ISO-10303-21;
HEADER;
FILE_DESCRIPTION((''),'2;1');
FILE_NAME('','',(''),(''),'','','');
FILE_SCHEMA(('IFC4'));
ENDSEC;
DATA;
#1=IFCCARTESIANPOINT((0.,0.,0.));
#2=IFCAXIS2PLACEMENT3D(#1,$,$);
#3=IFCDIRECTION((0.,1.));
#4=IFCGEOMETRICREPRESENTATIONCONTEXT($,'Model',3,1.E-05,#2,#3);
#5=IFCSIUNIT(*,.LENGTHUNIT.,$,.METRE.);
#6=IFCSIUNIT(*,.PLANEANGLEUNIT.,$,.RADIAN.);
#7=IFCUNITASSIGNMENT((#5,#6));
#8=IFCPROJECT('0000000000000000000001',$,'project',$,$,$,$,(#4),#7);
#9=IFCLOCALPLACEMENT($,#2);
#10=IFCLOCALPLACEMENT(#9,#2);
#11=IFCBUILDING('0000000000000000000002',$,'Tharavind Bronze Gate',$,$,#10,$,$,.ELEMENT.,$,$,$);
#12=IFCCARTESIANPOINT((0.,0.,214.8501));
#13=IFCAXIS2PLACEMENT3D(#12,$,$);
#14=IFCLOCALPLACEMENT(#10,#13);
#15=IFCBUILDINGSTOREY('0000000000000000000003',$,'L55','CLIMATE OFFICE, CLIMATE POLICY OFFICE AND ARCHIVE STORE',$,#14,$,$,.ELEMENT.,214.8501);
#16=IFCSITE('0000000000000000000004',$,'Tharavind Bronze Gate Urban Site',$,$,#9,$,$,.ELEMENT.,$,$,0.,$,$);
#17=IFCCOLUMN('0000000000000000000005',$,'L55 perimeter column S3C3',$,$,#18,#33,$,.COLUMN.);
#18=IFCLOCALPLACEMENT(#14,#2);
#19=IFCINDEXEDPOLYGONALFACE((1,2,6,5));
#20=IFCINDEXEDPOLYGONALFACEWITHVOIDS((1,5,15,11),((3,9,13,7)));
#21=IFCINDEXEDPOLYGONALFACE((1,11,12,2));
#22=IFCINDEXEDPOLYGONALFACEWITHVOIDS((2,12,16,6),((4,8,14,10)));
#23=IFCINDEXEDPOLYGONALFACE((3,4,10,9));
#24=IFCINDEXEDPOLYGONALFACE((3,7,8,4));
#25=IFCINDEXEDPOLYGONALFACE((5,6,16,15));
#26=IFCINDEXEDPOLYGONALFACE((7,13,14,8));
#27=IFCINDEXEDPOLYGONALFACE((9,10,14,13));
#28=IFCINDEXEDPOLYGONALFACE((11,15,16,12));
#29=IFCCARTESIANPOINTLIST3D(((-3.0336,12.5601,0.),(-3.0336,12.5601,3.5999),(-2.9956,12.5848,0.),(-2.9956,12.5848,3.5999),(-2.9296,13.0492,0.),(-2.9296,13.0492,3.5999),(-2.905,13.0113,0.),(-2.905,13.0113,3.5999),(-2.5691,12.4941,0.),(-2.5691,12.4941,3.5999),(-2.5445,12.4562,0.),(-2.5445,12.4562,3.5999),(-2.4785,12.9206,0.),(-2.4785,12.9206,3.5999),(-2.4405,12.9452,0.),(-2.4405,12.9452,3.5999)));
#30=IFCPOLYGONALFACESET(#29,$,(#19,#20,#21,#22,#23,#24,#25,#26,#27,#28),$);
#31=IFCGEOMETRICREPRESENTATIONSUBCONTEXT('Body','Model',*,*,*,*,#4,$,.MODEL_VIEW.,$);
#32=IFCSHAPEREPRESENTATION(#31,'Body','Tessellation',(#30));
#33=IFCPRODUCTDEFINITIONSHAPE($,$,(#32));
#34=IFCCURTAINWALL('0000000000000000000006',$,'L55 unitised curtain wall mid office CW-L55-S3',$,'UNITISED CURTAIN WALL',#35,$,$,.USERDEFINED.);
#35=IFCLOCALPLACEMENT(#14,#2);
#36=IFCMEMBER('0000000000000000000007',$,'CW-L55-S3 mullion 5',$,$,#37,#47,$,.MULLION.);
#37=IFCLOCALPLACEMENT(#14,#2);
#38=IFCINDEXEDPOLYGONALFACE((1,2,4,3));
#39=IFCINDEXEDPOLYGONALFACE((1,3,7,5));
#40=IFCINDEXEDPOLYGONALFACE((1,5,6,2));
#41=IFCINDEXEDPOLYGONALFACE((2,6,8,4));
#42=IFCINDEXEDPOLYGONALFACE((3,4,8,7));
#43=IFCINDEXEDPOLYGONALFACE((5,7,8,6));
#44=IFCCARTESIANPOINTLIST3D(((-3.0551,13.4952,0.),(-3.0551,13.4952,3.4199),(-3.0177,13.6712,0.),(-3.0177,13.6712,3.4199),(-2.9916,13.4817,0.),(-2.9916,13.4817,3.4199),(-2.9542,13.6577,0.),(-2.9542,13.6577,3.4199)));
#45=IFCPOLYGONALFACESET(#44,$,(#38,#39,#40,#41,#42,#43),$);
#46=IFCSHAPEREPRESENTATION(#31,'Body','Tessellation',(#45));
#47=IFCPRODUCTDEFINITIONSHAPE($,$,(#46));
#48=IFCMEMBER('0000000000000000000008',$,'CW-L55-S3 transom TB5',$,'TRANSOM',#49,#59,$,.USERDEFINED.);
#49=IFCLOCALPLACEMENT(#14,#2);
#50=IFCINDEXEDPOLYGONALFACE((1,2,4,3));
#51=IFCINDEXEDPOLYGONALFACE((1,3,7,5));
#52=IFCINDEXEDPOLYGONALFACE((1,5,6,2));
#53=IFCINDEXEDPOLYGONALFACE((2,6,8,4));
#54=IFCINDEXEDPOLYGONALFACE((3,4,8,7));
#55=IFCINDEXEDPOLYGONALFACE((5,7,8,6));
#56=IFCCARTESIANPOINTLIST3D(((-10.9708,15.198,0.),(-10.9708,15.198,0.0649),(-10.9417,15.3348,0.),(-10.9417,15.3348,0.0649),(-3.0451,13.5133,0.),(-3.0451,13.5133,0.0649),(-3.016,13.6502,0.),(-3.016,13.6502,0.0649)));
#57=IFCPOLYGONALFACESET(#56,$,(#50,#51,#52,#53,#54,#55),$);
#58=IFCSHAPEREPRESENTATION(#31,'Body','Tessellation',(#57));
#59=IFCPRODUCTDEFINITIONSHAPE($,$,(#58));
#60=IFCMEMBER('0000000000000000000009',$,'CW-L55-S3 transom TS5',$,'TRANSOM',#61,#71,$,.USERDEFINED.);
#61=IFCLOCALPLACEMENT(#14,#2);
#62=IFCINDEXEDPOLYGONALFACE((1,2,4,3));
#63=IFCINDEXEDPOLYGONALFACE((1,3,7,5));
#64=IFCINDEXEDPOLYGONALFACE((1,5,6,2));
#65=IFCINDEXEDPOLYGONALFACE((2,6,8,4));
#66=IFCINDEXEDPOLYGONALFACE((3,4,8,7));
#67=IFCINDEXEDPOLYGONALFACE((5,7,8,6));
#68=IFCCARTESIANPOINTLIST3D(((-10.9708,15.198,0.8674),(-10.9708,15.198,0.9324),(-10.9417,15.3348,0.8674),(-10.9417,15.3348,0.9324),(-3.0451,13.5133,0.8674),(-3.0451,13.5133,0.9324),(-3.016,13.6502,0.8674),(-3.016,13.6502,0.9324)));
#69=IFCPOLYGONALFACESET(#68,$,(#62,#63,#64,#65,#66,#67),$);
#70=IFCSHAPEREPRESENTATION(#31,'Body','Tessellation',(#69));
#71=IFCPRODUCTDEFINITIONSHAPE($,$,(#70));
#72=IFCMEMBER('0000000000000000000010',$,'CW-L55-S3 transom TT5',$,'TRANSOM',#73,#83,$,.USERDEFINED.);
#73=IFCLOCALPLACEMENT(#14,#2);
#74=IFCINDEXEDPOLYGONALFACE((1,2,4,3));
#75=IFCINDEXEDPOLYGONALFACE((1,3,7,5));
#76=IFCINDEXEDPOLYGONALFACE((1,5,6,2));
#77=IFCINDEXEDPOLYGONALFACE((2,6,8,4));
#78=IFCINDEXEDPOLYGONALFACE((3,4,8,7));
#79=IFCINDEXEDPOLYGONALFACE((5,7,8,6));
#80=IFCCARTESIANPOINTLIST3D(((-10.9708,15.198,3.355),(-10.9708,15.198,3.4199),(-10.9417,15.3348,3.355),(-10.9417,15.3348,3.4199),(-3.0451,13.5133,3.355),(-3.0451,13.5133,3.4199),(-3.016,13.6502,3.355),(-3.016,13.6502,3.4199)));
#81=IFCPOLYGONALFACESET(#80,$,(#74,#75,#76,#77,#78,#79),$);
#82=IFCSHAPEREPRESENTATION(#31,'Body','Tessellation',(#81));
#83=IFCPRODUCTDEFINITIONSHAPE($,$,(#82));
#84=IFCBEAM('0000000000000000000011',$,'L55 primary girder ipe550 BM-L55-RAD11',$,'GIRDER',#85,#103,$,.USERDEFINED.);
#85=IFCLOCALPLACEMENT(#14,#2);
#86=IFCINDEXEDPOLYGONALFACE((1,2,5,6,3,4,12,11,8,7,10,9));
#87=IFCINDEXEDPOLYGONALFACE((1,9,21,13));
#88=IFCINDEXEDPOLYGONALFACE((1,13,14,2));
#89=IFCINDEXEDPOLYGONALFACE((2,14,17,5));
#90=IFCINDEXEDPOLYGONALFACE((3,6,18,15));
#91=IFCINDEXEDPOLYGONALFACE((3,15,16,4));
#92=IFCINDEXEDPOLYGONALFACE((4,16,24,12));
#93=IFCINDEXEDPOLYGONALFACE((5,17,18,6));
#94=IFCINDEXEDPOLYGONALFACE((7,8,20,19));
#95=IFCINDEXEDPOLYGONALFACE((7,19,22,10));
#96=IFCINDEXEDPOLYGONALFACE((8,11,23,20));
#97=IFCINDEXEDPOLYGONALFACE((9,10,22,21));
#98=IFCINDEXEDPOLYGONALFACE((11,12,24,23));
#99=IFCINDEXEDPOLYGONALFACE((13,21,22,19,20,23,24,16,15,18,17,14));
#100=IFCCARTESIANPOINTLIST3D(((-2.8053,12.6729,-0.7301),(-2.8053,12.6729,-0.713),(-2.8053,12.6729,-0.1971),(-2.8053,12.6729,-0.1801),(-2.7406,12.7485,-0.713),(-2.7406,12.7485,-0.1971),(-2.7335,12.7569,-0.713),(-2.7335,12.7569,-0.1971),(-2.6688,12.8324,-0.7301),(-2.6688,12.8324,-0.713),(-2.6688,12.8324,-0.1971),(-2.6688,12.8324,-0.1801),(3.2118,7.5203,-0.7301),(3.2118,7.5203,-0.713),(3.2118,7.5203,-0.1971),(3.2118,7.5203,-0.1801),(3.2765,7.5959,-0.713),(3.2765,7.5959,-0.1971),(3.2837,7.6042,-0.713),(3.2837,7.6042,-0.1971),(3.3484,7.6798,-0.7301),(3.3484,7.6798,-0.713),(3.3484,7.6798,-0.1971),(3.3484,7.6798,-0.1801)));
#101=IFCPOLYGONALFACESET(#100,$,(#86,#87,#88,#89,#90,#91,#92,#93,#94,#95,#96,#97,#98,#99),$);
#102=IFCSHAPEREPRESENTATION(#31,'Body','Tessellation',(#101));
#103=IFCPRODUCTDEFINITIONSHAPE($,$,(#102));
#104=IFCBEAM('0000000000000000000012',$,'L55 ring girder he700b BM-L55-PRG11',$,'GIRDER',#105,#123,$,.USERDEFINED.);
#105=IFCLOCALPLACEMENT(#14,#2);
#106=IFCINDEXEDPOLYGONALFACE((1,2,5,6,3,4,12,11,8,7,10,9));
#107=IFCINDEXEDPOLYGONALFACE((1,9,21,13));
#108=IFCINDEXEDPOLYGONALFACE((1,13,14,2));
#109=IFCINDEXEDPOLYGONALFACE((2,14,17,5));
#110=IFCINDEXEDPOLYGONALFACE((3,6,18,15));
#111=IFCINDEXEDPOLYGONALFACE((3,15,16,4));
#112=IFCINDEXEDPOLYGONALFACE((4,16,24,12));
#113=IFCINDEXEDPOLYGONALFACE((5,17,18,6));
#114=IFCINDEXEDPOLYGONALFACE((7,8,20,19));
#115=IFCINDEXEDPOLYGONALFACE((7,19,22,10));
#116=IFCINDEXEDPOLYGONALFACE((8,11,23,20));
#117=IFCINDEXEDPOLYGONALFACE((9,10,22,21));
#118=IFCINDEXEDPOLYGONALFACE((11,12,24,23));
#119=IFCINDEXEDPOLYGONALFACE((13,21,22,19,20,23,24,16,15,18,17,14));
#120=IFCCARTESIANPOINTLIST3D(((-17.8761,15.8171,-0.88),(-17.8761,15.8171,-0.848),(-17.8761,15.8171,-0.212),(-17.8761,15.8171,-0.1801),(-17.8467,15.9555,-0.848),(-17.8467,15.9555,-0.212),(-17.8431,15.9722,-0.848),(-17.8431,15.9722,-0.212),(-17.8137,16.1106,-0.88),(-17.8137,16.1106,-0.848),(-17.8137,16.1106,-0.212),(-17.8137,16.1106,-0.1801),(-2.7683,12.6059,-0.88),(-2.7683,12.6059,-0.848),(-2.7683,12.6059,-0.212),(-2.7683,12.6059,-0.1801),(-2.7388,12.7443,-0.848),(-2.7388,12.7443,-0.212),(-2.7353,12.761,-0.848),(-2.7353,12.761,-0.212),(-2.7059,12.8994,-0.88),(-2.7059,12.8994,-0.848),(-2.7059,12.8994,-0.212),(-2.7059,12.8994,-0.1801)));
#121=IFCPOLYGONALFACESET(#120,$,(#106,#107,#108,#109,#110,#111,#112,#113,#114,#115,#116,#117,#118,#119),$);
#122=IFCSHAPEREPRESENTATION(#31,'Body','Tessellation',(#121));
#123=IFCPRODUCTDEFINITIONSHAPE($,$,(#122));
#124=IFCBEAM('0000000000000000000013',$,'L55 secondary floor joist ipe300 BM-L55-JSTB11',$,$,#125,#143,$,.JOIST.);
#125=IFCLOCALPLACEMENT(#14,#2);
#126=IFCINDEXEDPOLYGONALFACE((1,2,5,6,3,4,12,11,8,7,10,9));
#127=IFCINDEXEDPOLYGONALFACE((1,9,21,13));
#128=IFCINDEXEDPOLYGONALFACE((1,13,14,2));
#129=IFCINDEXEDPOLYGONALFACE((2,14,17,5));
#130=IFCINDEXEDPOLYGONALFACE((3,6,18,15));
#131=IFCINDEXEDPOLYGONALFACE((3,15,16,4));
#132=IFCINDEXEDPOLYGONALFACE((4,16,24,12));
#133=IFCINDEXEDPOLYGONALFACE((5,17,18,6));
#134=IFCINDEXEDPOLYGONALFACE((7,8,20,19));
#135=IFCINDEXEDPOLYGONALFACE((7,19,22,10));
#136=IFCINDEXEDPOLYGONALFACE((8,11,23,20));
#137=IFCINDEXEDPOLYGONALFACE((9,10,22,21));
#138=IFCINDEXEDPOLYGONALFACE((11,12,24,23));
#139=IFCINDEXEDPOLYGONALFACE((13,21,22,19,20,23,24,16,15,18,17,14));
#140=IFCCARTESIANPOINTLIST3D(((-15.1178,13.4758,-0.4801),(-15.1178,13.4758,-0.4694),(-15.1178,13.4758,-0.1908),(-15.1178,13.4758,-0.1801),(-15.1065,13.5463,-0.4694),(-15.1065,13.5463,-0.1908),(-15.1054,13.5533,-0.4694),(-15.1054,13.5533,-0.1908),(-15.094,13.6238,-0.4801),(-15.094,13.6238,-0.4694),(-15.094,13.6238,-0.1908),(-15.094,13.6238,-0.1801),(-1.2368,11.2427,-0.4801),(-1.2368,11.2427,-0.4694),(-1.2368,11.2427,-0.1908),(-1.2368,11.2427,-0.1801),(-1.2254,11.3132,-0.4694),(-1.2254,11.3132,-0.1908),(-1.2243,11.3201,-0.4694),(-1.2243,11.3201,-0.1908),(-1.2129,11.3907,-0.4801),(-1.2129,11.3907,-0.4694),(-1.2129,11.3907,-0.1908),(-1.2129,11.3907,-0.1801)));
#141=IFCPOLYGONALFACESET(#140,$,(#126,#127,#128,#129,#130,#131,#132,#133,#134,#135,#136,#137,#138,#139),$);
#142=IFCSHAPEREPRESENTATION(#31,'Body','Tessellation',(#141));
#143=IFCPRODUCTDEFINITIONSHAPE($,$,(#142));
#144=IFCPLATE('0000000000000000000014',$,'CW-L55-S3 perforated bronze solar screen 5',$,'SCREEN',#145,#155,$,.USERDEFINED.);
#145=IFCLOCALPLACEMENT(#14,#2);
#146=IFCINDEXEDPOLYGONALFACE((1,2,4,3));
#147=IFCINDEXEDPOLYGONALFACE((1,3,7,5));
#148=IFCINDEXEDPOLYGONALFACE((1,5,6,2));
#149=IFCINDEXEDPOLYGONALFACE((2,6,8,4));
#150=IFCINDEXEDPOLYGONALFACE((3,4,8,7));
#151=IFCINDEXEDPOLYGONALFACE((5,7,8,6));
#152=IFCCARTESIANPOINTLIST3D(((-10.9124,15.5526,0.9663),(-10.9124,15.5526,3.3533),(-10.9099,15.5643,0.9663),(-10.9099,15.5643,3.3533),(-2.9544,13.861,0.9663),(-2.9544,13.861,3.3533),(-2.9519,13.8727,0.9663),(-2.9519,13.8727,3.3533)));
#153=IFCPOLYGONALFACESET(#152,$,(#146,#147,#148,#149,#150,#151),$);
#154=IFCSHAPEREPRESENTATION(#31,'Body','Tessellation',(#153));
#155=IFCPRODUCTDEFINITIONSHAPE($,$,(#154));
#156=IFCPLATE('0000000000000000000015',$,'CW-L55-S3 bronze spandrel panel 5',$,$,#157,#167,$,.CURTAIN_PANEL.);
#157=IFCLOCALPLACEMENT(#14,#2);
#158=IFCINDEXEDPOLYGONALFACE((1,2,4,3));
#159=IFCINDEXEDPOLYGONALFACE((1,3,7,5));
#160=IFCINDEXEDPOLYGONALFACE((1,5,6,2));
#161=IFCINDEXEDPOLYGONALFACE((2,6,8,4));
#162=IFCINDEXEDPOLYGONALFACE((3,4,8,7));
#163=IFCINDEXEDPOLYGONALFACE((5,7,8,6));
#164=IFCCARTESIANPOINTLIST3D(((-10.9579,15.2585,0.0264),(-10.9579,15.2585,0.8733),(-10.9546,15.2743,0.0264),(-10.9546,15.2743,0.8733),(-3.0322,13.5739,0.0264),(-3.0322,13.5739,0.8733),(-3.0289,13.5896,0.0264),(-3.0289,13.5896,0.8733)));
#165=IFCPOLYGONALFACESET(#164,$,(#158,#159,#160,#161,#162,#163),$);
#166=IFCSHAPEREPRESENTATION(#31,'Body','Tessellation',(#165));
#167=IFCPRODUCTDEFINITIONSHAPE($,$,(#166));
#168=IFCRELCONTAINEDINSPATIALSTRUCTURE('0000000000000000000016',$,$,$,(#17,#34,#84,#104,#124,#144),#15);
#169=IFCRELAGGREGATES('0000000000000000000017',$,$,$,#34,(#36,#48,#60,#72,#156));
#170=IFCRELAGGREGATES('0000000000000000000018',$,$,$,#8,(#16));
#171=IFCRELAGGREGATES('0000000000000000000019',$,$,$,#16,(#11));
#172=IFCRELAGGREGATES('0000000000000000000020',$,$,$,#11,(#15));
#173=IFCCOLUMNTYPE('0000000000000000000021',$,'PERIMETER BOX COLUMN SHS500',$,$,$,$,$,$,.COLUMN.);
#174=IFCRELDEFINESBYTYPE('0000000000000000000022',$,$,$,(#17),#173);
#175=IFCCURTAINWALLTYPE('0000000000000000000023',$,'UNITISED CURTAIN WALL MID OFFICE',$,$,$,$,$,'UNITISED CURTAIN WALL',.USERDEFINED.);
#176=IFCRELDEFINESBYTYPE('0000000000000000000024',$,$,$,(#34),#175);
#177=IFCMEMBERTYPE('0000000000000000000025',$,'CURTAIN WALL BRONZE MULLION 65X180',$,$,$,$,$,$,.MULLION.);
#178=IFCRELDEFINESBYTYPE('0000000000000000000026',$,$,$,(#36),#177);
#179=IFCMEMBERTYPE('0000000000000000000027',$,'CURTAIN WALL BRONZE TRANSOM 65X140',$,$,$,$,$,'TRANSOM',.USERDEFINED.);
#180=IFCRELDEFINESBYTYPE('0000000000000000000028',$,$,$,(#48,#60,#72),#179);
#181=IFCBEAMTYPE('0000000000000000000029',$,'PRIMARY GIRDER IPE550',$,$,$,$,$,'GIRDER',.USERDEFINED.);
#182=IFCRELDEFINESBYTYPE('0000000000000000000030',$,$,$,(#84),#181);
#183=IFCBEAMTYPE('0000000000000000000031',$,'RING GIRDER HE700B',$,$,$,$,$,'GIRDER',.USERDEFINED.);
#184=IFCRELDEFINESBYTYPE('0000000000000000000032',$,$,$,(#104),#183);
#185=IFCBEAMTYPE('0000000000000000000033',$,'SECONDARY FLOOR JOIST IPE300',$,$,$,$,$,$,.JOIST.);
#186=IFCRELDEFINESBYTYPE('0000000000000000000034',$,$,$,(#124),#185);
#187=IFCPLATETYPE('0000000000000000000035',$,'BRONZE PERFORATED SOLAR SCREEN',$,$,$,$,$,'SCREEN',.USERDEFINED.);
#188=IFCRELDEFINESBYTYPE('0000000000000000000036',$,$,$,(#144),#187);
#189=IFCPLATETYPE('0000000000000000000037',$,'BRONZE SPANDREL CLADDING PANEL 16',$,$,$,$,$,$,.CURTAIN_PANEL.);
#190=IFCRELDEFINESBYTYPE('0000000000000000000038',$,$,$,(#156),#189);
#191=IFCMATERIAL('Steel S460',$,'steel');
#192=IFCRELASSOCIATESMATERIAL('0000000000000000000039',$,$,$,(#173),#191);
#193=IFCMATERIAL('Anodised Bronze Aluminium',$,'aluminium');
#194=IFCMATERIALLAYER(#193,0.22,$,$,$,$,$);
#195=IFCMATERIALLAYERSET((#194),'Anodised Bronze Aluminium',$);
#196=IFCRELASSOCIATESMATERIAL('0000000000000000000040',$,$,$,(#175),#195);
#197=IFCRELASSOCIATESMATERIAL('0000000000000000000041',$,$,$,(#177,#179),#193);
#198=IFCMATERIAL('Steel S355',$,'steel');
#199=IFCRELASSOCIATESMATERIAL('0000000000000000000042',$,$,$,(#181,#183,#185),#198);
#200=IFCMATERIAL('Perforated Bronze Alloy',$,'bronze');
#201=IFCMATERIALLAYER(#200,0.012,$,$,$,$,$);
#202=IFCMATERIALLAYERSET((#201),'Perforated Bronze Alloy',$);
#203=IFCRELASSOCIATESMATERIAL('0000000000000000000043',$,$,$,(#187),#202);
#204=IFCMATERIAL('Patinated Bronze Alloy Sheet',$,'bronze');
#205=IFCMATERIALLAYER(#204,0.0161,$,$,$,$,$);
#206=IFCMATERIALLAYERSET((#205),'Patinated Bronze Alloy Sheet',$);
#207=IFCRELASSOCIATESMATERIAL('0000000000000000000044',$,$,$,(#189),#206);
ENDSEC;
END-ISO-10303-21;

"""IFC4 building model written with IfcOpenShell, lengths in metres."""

from ifc_helpers import new_model, si_unit, direction, frame, origin, origin_2d, place, context, subcontext, project, spatial, rectangle, hollow_rectangle, i_section, extrude, material, layer, layer_set, material_profile, profile_set, type_object, element, aggregate, save


model = new_model("IFC4")

# Units and contexts
model_context = context("Model", 3, precision=1e-05, world=origin(), true_north=direction((0.0, 1.0)))
body_context = subcontext(model_context, "Body", "Model", "MODEL_VIEW")
ifc_project = project(units=[si_unit("LENGTHUNIT", "METRE"), si_unit("PLANEANGLEUNIT", "RADIAN")], contexts=[model_context])

# Site, building, storey
site_placement = place(None, origin())
site = spatial("IfcSite", under=ifc_project, at=site_placement, Name="Tharavind Bronze Gate Urban Site", CompositionType="ELEMENT", RefElevation=0.0)
building_placement = place(site_placement, origin())
building = spatial("IfcBuilding", under=site, at=building_placement, Name="Tharavind Bronze Gate", CompositionType="ELEMENT")
storey_placement = place(building_placement, frame((0.0, 0.0, 214.8501)))
storey = spatial("IfcBuildingStorey", under=building, at=storey_placement, Name="L55", Description="CLIMATE OFFICE, CLIMATE POLICY OFFICE AND ARCHIVE STORE", CompositionType="ELEMENT", Elevation=214.8501)

# Column
ifc_material_1 = material(Name="Steel S460", Category="steel")
ifc_material_profile_1 = material_profile(ifc_material_1, hollow_rectangle(XDim=0.5, YDim=0.5, WallThickness=0.032, at=origin_2d()), Name="SHS500X32")
ifc_profile_set_1 = profile_set([ifc_material_profile_1], Name="Steel S460")
column_type = type_object("IfcColumnType", Name="PERIMETER BOX COLUMN SHS500", PredefinedType="COLUMN", material=ifc_profile_set_1)
column_placement = place(storey_placement, frame((-2.7371, 12.7527, 0.0), z_axis=(0.0, 0.0, 1.0), x_axis=(-0.978148, 0.207912, 0.0)))
element("IfcColumn", 1, at=column_placement, inside=storey, type_object=column_type, Name="L55 perimeter column S3C3", PredefinedType="COLUMN", context=body_context, shape_type="SweptSolid", body=[
    extrude(hollow_rectangle(XDim=0.5, YDim=0.5, WallThickness=0.032, at=origin_2d()), origin(), (0.0, 0.0, 1.0), 3.5999),
])

# Curtain wall, members
ifc_material_2 = material(Name="Anodised Bronze Aluminium", Category="aluminium")
ifc_layer_1 = layer(ifc_material_2, 0.22)
ifc_layer_set_1 = layer_set([ifc_layer_1], Name="Anodised Bronze Aluminium")
curtain_wall_type = type_object("IfcCurtainWallType", Name="UNITISED CURTAIN WALL MID OFFICE", ElementType="UNITISED CURTAIN WALL", PredefinedType="USERDEFINED", material=ifc_layer_set_1)
curtain_wall_placement = place(storey_placement, origin())
curtain_wall = element("IfcCurtainWall", 2, at=curtain_wall_placement, inside=storey, type_object=curtain_wall_type, Name="L55 unitised curtain wall mid office CW-L55-S3", ObjectType="UNITISED CURTAIN WALL", PredefinedType="USERDEFINED")
member_type_1 = type_object("IfcMemberType", Name="CURTAIN WALL BRONZE MULLION 65X180", PredefinedType="MULLION", material=ifc_material_2)
member_1_placement = place(storey_placement, frame((-3.0046, 13.5764, 0.0), z_axis=(0.0, 0.0, 1.0), x_axis=(-0.978148, 0.207912, 0.0)))
member_1 = element("IfcMember", 3, at=member_1_placement, type_object=member_type_1, Name="CW-L55-S3 mullion 5", PredefinedType="MULLION", context=body_context, shape_type="SweptSolid", body=[
    extrude(rectangle(XDim=0.0649, YDim=0.1799, at=origin_2d()), origin(), (0.0, 0.0, 1.0), 3.4199),
])
member_type_2 = type_object("IfcMemberType", Name="CURTAIN WALL BRONZE TRANSOM 65X140", ElementType="TRANSOM", PredefinedType="USERDEFINED", material=ifc_material_2)
member_2_placement = place(storey_placement, frame((-6.9934, 14.4241, 0.0), z_axis=(0.0, 0.0, 1.0), x_axis=(-0.978148, 0.207912, 0.0)))
member_2 = element("IfcMember", 4, at=member_2_placement, type_object=member_type_2, Name="CW-L55-S3 transom TB5", ObjectType="TRANSOM", PredefinedType="USERDEFINED", context=body_context, shape_type="SweptSolid", body=[
    extrude(rectangle(XDim=8.1028, YDim=0.1399, at=origin_2d()), origin(), (0.0, 0.0, 1.0), 0.0649),
])
member_3_placement = place(storey_placement, frame((-6.9934, 14.4241, 0.8674), z_axis=(0.0, 0.0, 1.0), x_axis=(-0.978148, 0.207912, 0.0)))
member_3 = element("IfcMember", 5, at=member_3_placement, type_object=member_type_2, Name="CW-L55-S3 transom TS5", ObjectType="TRANSOM", PredefinedType="USERDEFINED", context=body_context, shape_type="SweptSolid", body=[
    extrude(rectangle(XDim=8.1028, YDim=0.1399, at=origin_2d()), origin(), (0.0, 0.0, 1.0), 0.0649),
])
member_4_placement = place(storey_placement, frame((-6.9934, 14.4241, 3.355), z_axis=(0.0, 0.0, 1.0), x_axis=(-0.978148, 0.207912, 0.0)))
member_4 = element("IfcMember", 6, at=member_4_placement, type_object=member_type_2, Name="CW-L55-S3 transom TT5", ObjectType="TRANSOM", PredefinedType="USERDEFINED", context=body_context, shape_type="SweptSolid", body=[
    extrude(rectangle(XDim=8.1028, YDim=0.1399, at=origin_2d()), origin(), (0.0, 0.0, 1.0), 0.0649),
])

# Beams
ifc_material_3 = material(Name="Steel S355", Category="steel")
ifc_material_profile_2 = material_profile(ifc_material_3, i_section(OverallWidth=0.21, OverallDepth=0.55, WebThickness=0.011, FlangeThickness=0.0171, at=origin_2d()), Name="IPE550")
ifc_profile_set_2 = profile_set([ifc_material_profile_2], Name="Steel S355")
beam_type_1 = type_object("IfcBeamType", Name="PRIMARY GIRDER IPE550", ElementType="GIRDER", PredefinedType="USERDEFINED", material=ifc_profile_set_2)
beam_1_placement = place(storey_placement, frame((-2.7371, 12.7527, -0.4551), z_axis=(0.759563, -0.650433, 0.0), x_axis=(0.650433, 0.759563, 0.0)))
element("IfcBeam", 7, at=beam_1_placement, inside=storey, type_object=beam_type_1, Name="L55 primary girder ipe550 BM-L55-RAD11", ObjectType="GIRDER", PredefinedType="USERDEFINED", context=body_context, shape_type="SweptSolid", body=[
    extrude(i_section(OverallWidth=0.21, OverallDepth=0.55, WebThickness=0.011, FlangeThickness=0.0171, at=origin_2d()), origin(), (0.0, 0.0, 1.0), 7.9219),
])
ifc_material_profile_3 = material_profile(ifc_material_3, i_section(OverallWidth=0.3, OverallDepth=0.7, WebThickness=0.0171, FlangeThickness=0.032, at=origin_2d()), Name="HE700B")
ifc_profile_set_3 = profile_set([ifc_material_profile_3], Name="Steel S355")
beam_type_2 = type_object("IfcBeamType", Name="RING GIRDER HE700B", ElementType="GIRDER", PredefinedType="USERDEFINED", material=ifc_profile_set_3)
beam_2_placement = place(storey_placement, frame((-2.7371, 12.7527, -0.53), z_axis=(-0.978149, 0.207905, 0.0), x_axis=(-0.207905, -0.978149, 0.0)))
element("IfcBeam", 8, at=beam_2_placement, inside=storey, type_object=beam_type_2, Name="L55 ring girder he700b BM-L55-PRG11", ObjectType="GIRDER", PredefinedType="USERDEFINED", context=body_context, shape_type="SweptSolid", body=[
    extrude(i_section(OverallWidth=0.3, OverallDepth=0.7, WebThickness=0.0171, FlangeThickness=0.032, at=origin_2d()), origin(), (0.0, 0.0, 1.0), 15.4453),
])
ifc_material_profile_4 = material_profile(ifc_material_3, i_section(OverallWidth=0.1499, OverallDepth=0.3, WebThickness=0.0071, FlangeThickness=0.0107, at=origin_2d()), Name="IPE300")
ifc_profile_set_4 = profile_set([ifc_material_profile_4], Name="Steel S355")
beam_type_3 = type_object("IfcBeamType", Name="SECONDARY FLOOR JOIST IPE300", PredefinedType="JOIST", material=ifc_profile_set_4)
beam_3_placement = place(storey_placement, frame((-1.2249, 11.3167, -0.3301), z_axis=(-0.987305, 0.158835, 0.0), x_axis=(-0.158835, -0.987305, 0.0)))
element("IfcBeam", 9, at=beam_3_placement, inside=storey, type_object=beam_type_3, Name="L55 secondary floor joist ipe300 BM-L55-JSTB11", PredefinedType="JOIST", context=body_context, shape_type="SweptSolid", body=[
    extrude(i_section(OverallWidth=0.1499, OverallDepth=0.3, WebThickness=0.0071, FlangeThickness=0.0107, at=origin_2d()), origin(), (0.0, 0.0, 1.0), 14.0596),
])

# Plates
ifc_material_4 = material(Name="Perforated Bronze Alloy", Category="bronze")
ifc_layer_2 = layer(ifc_material_4, 0.012)
ifc_layer_set_2 = layer_set([ifc_layer_2], Name="Perforated Bronze Alloy")
plate_type_1 = type_object("IfcPlateType", Name="BRONZE PERFORATED SOLAR SCREEN", ElementType="SCREEN", PredefinedType="USERDEFINED", material=ifc_layer_set_2)
plate_1_placement = place(storey_placement, frame((-6.9321, 14.7126, 0.9663), z_axis=(0.0, 0.0, 1.0), x_axis=(-0.978148, 0.207912, 0.0)))
element("IfcPlate", 10, at=plate_1_placement, inside=storey, type_object=plate_type_1, Name="CW-L55-S3 perforated bronze solar screen 5", ObjectType="SCREEN", PredefinedType="USERDEFINED", context=body_context, shape_type="SweptSolid", body=[
    extrude(rectangle(XDim=8.1357, YDim=0.012, at=origin_2d()), origin(), (0.0, 0.0, 1.0), 2.387),
])
ifc_material_5 = material(Name="Patinated Bronze Alloy Sheet", Category="bronze")
ifc_layer_3 = layer(ifc_material_5, 0.0161)
ifc_layer_set_3 = layer_set([ifc_layer_3], Name="Patinated Bronze Alloy Sheet")
plate_type_2 = type_object("IfcPlateType", Name="BRONZE SPANDREL CLADDING PANEL 16", PredefinedType="CURTAIN_PANEL", material=ifc_layer_set_3)
plate_2_placement = place(storey_placement, frame((-6.9934, 14.4241, 0.0264), z_axis=(0.0, 0.0, 1.0), x_axis=(-0.978148, 0.207912, 0.0)))
plate_2 = element("IfcPlate", 11, at=plate_2_placement, type_object=plate_type_2, Name="CW-L55-S3 bronze spandrel panel 5", PredefinedType="CURTAIN_PANEL", context=body_context, shape_type="SweptSolid", body=[
    extrude(rectangle(XDim=8.1028, YDim=0.0161, at=origin_2d()), origin(), (0.0, 0.0, 1.0), 0.8469),
])
aggregate(curtain_wall, [member_1, member_2, member_3, member_4, plate_2])

save(model, "model.ifc")
